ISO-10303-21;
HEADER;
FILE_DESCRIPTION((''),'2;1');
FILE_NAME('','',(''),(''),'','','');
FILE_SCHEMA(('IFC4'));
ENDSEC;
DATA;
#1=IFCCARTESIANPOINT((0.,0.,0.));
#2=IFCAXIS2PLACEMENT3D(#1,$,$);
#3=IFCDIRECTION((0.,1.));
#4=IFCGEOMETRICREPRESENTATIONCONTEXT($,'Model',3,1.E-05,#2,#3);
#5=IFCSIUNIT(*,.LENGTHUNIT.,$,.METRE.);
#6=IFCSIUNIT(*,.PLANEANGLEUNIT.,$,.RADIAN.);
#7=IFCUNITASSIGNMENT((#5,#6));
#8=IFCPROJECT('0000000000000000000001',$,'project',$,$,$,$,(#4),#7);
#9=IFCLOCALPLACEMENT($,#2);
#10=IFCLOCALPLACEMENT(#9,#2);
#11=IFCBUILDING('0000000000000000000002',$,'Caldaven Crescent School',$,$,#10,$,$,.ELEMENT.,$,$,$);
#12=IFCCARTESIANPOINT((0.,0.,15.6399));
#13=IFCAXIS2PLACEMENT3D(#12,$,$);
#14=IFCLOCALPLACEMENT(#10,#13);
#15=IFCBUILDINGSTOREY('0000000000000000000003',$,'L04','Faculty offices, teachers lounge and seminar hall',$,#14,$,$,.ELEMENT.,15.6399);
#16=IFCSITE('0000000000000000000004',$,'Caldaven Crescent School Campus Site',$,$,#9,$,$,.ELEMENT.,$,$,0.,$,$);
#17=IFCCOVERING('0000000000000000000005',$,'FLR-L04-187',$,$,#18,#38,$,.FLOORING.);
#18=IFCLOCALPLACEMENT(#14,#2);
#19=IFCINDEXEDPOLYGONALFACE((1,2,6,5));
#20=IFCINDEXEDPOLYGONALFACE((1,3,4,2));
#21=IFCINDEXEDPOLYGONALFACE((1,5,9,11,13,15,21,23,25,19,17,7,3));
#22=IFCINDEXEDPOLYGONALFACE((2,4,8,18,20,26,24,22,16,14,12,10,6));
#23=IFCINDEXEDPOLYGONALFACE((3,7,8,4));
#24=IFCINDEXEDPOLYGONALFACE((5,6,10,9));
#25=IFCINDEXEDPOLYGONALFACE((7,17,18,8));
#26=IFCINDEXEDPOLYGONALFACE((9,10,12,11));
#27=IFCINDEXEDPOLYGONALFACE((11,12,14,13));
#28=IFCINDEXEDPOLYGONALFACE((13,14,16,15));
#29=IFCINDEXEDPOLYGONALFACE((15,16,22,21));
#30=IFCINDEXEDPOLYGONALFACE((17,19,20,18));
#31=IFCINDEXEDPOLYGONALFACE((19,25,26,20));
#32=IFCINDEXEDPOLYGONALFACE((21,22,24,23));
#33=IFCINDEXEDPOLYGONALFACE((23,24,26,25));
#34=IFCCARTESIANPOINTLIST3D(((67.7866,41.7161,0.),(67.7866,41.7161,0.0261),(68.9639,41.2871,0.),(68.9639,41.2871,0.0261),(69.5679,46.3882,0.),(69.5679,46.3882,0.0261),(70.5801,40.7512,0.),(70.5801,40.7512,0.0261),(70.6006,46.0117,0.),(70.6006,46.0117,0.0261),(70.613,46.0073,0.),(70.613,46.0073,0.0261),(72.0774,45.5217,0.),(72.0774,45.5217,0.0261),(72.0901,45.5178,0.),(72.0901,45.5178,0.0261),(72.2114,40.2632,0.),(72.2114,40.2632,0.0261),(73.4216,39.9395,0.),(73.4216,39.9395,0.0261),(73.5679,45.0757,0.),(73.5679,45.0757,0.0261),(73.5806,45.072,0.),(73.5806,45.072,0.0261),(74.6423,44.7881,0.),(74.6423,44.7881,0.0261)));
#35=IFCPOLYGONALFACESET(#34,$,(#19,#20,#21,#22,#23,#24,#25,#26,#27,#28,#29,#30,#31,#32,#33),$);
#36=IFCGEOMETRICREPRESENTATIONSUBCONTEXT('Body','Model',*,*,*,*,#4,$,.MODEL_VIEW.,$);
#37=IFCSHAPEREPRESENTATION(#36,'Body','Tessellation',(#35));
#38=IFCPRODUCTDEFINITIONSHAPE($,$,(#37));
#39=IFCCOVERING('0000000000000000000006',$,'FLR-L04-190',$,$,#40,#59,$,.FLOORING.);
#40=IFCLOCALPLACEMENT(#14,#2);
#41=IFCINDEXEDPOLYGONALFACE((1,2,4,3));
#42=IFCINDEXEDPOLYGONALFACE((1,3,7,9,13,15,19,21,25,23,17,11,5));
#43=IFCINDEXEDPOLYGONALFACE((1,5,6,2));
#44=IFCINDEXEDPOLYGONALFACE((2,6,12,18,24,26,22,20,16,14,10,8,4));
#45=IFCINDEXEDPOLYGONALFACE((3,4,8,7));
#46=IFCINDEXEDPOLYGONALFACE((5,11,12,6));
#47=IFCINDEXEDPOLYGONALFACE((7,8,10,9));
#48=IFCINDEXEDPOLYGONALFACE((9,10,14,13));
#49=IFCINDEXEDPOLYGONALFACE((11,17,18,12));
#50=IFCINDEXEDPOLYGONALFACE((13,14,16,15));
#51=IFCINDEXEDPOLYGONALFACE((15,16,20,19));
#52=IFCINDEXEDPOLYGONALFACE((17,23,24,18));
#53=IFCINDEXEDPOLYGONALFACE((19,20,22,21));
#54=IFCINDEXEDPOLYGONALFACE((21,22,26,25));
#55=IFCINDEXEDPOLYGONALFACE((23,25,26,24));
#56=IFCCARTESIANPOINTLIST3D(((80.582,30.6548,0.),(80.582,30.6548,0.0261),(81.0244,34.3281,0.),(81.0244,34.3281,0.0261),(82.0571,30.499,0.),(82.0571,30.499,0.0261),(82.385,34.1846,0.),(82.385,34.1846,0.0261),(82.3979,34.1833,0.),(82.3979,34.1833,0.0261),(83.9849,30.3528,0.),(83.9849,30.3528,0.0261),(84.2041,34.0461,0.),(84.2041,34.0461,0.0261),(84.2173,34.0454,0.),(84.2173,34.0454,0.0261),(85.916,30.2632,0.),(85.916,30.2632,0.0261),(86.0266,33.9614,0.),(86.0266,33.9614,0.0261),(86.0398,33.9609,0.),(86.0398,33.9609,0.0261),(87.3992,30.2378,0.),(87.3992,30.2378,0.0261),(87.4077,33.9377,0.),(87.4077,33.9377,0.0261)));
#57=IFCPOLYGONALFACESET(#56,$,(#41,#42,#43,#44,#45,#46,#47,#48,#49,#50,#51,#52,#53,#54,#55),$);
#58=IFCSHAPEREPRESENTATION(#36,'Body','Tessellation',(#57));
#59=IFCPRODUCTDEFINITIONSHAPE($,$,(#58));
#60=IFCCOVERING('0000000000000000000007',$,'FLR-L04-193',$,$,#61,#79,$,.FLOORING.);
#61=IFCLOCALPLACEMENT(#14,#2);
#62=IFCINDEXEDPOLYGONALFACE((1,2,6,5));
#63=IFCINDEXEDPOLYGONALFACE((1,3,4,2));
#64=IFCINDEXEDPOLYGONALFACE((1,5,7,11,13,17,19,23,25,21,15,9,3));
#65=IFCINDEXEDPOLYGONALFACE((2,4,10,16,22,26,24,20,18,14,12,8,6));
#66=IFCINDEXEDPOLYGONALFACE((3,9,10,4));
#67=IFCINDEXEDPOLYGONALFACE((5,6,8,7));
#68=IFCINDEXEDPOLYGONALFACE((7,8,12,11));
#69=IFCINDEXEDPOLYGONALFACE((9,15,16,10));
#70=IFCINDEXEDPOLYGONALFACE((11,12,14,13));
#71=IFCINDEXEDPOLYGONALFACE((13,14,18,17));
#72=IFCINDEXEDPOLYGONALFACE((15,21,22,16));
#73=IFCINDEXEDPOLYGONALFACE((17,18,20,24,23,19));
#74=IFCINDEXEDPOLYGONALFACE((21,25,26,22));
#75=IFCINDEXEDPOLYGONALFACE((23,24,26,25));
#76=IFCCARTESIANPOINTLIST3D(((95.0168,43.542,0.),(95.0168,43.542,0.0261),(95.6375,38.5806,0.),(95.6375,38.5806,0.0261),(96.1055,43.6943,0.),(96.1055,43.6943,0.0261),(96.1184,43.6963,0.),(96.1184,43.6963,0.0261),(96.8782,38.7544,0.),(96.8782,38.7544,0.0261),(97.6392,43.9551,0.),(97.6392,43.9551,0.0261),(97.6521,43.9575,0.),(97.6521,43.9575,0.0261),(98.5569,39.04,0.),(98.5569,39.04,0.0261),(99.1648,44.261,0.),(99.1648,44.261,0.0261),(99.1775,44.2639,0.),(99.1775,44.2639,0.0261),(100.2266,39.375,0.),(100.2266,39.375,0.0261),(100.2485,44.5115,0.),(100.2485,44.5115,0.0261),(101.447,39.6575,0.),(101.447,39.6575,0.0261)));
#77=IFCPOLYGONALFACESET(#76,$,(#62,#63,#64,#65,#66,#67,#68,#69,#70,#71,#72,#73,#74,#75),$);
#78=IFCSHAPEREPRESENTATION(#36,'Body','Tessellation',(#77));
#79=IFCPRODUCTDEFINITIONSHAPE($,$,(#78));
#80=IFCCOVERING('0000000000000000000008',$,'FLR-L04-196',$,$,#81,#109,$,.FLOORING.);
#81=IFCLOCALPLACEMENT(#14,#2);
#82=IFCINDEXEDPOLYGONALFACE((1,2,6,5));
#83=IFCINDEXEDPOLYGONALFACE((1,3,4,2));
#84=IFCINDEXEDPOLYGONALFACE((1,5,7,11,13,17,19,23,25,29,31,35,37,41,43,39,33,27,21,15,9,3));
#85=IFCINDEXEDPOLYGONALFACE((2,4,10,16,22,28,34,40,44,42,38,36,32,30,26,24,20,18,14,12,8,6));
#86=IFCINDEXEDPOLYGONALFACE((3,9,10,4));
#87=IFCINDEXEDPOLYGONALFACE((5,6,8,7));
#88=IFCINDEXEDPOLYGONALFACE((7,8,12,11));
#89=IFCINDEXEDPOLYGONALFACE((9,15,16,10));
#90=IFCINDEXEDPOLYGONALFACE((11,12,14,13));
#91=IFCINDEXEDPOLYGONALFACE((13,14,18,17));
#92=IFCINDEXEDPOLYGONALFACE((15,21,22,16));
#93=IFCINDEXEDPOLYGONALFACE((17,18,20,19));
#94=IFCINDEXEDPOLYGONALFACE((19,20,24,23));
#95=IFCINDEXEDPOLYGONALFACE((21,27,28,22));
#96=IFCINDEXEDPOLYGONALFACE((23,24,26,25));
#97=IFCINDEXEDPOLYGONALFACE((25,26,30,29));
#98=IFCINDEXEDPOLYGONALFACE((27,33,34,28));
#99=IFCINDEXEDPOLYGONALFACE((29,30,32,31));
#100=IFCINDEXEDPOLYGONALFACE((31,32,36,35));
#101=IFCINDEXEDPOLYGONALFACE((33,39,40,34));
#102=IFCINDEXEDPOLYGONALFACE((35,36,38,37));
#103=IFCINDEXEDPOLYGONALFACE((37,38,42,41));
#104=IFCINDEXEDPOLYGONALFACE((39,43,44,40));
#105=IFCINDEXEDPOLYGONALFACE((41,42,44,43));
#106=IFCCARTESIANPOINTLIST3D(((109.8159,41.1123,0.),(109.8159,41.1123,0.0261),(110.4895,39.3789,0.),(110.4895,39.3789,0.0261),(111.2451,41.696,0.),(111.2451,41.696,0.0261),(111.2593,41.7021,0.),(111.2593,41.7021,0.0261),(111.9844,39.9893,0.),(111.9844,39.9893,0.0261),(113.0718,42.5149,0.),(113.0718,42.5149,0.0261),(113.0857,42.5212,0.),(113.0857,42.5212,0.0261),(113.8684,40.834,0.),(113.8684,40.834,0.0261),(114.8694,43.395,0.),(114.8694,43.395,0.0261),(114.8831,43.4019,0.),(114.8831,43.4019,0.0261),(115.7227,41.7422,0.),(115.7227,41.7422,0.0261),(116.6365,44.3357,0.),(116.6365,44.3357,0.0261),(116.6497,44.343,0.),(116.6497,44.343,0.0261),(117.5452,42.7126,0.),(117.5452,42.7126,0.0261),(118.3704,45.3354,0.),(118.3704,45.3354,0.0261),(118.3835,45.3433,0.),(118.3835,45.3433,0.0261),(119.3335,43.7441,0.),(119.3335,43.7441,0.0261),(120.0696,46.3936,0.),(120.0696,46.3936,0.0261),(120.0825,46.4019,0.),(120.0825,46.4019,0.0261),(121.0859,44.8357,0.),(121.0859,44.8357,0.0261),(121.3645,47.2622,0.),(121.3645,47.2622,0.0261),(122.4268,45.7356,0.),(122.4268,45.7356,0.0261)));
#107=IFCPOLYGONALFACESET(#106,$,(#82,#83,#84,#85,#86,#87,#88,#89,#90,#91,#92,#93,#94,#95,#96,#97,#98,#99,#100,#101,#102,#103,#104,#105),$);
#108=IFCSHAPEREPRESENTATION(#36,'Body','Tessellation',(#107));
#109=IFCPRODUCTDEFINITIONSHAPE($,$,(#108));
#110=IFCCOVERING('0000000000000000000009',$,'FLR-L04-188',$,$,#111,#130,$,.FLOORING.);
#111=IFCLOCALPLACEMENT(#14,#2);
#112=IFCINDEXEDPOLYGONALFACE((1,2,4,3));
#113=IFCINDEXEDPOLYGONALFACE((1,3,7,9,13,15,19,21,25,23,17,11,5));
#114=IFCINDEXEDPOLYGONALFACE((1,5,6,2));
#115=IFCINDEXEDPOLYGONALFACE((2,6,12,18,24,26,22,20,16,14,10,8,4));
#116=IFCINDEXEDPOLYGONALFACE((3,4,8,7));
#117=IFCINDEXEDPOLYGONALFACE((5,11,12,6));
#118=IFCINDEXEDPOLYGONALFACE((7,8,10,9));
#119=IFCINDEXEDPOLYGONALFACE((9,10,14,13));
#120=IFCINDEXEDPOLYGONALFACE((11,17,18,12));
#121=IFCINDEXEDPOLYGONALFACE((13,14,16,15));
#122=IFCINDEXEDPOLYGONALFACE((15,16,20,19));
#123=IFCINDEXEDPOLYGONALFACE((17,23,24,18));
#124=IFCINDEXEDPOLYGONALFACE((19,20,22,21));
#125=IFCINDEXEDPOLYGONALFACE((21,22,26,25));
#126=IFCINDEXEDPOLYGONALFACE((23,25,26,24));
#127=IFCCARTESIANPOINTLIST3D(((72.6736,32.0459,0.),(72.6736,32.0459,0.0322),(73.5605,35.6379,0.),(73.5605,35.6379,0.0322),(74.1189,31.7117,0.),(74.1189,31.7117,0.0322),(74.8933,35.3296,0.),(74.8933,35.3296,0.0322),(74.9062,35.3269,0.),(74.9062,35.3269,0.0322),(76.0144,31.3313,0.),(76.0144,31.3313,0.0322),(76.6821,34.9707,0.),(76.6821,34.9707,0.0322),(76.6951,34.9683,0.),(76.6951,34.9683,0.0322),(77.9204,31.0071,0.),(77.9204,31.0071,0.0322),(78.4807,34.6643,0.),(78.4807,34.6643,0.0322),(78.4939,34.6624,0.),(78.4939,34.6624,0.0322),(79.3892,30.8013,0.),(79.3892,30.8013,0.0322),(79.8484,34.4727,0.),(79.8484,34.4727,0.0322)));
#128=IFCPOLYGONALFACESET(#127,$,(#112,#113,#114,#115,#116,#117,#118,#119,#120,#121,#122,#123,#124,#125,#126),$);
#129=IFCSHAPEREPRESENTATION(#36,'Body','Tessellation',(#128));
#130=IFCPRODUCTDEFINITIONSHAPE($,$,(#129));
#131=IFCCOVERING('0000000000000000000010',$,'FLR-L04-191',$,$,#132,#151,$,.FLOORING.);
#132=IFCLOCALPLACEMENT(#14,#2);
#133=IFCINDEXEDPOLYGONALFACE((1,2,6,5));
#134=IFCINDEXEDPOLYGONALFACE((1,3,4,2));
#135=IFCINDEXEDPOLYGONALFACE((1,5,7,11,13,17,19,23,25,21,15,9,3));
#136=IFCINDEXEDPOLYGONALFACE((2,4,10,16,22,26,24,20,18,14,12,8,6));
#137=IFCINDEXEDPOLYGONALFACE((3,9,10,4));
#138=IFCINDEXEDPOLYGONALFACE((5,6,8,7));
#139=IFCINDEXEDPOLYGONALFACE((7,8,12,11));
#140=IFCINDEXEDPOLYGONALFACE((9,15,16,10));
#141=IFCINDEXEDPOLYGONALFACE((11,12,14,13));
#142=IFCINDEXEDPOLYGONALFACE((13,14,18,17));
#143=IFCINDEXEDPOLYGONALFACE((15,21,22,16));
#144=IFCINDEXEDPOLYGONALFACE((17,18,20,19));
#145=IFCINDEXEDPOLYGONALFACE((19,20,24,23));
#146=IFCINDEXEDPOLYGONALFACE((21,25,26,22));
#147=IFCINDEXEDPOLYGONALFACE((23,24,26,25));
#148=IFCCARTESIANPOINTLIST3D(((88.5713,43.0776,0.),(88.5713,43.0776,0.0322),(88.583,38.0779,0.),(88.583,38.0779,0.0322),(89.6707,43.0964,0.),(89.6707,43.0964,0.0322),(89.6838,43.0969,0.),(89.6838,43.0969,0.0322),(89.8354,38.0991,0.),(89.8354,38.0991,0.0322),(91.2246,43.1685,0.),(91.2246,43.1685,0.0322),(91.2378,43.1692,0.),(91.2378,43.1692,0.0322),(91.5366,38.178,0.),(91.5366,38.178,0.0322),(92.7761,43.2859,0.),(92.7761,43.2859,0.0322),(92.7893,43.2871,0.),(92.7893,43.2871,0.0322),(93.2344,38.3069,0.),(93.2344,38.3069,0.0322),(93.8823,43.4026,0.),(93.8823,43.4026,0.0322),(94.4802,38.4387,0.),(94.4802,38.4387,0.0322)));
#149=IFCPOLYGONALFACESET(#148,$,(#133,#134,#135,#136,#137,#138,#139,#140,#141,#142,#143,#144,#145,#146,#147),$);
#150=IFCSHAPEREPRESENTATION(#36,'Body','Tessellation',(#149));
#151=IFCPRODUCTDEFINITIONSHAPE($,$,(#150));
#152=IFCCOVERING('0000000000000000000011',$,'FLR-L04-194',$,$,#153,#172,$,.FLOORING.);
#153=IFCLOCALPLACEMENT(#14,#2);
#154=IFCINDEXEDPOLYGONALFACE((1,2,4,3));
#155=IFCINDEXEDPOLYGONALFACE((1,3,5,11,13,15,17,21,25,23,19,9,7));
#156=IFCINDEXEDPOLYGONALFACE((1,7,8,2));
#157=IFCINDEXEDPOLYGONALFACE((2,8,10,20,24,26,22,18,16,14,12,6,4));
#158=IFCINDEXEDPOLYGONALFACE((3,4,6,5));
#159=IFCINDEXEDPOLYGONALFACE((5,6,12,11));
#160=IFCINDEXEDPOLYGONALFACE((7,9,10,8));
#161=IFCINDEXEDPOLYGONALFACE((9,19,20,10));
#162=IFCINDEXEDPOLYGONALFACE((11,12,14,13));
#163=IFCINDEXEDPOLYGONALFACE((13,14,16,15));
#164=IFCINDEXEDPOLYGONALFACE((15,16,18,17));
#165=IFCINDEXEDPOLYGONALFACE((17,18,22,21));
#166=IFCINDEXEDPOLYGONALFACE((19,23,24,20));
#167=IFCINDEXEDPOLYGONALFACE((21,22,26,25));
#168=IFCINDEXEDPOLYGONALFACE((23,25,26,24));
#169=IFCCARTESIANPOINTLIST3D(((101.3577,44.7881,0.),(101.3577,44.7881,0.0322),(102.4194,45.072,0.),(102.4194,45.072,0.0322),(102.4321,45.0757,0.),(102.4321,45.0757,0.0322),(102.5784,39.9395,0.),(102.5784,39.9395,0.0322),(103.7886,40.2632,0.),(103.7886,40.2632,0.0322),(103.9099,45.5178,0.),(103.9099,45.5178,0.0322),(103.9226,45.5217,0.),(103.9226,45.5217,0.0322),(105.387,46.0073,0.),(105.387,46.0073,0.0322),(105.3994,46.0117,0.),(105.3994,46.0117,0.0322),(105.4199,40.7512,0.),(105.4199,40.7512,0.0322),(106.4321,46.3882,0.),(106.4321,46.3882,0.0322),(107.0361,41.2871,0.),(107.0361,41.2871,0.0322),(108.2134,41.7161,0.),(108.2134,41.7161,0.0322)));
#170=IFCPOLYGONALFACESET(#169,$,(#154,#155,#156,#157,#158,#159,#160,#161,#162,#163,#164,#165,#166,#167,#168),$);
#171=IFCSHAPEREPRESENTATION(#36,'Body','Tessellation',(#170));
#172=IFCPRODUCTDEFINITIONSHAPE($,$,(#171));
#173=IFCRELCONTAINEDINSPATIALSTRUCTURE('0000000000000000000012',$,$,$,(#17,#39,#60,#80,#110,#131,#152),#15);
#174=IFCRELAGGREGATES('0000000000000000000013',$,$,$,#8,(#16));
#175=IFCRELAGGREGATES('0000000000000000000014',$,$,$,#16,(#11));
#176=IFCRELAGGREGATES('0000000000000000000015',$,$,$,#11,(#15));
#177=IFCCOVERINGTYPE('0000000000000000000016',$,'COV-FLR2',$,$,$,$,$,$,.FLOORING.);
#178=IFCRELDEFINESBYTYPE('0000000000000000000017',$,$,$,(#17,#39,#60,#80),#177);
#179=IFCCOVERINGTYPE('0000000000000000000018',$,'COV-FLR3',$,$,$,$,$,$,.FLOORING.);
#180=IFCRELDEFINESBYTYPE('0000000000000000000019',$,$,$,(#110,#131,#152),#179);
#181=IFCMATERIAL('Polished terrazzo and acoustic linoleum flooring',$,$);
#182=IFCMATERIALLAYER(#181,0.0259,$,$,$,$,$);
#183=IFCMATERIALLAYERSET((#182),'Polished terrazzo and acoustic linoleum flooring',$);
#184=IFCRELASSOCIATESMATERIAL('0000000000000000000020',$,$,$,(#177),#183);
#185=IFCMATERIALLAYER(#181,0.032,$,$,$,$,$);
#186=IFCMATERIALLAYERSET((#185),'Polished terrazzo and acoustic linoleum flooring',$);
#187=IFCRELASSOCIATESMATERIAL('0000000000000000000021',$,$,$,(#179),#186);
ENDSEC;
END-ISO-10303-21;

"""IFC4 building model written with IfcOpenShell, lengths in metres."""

from ifc_helpers import new_model, si_unit, direction, frame, origin, place, context, subcontext, project, spatial, polyline, outline, extrude, material, layer, layer_set, type_object, element, save


model = new_model("IFC4")

# Units and contexts
model_context = context("Model", 3, precision=1e-05, world=origin(), true_north=direction((0.0, 1.0)))
body_context = subcontext(model_context, "Body", "Model", "MODEL_VIEW")
ifc_project = project(units=[si_unit("LENGTHUNIT", "METRE"), si_unit("PLANEANGLEUNIT", "RADIAN")], contexts=[model_context])

# Site, building, storey
site_placement = place(None, origin())
site = spatial("IfcSite", under=ifc_project, at=site_placement, Name="Caldaven Crescent School Campus Site", CompositionType="ELEMENT", RefElevation=0.0)
building_placement = place(site_placement, origin())
building = spatial("IfcBuilding", under=site, at=building_placement, Name="Caldaven Crescent School", CompositionType="ELEMENT")
storey_placement = place(building_placement, frame((0.0, 0.0, 15.6399)))
storey = spatial("IfcBuildingStorey", under=building, at=storey_placement, Name="L04", Description="Faculty offices, teachers lounge and seminar hall", CompositionType="ELEMENT", Elevation=15.6399)

# Coverings
ifc_material_1 = material(Name="Polished terrazzo and acoustic linoleum flooring")
ifc_layer_1 = layer(ifc_material_1, 0.0259)
ifc_layer_set_1 = layer_set([ifc_layer_1], Name="Polished terrazzo and acoustic linoleum flooring")
covering_type_1 = type_object("IfcCoveringType", Name="COV-FLR2", PredefinedType="FLOORING", material=ifc_layer_set_1)
covering_1_placement = place(storey_placement, origin())
element("IfcCovering", 1, at=covering_1_placement, inside=storey, type_object=covering_type_1, Name="FLR-L04-187", PredefinedType="FLOORING", context=body_context, shape_type="SweptSolid", body=[
    extrude(outline(polyline([(69.5679, 46.3882), (70.6006, 46.0117), (70.613, 46.0073), (72.0774, 45.5217), (72.0901, 45.5178), (73.5679, 45.0757), (73.5806, 45.072), (74.6423, 44.7881), (73.4216, 39.9395), (72.2114, 40.2632), (70.5801, 40.7512), (68.9639, 41.2871), (67.7866, 41.7161), (69.5679, 46.3882)])), origin(), (0.0, 0.0, 1.0), 0.0261),
])
covering_2_placement = place(storey_placement, origin())
element("IfcCovering", 2, at=covering_2_placement, inside=storey, type_object=covering_type_1, Name="FLR-L04-190", PredefinedType="FLOORING", context=body_context, shape_type="SweptSolid", body=[
    extrude(outline(polyline([(81.0244, 34.3281), (82.385, 34.1846), (82.3979, 34.1833), (84.2041, 34.0461), (84.2173, 34.0454), (86.0266, 33.9614), (86.0398, 33.9609), (87.4077, 33.9377), (87.3992, 30.2378), (85.916, 30.2632), (83.9849, 30.3528), (82.0571, 30.499), (80.582, 30.6548), (81.0244, 34.3281)])), origin(), (0.0, 0.0, 1.0), 0.0261),
])
covering_3_placement = place(storey_placement, origin())
element("IfcCovering", 3, at=covering_3_placement, inside=storey, type_object=covering_type_1, Name="FLR-L04-193", PredefinedType="FLOORING", context=body_context, shape_type="SweptSolid", body=[
    extrude(outline(polyline([(95.0168, 43.542), (96.1055, 43.6943), (96.1184, 43.6963), (97.6392, 43.9551), (97.6521, 43.9575), (99.1648, 44.261), (99.1775, 44.2639), (100.2485, 44.5115), (101.447, 39.6575), (100.2266, 39.375), (98.5569, 39.04), (96.8782, 38.7544), (95.6375, 38.5806), (95.0168, 43.542)])), origin(), (0.0, 0.0, 1.0), 0.0261),
])
covering_4_placement = place(storey_placement, origin())
element("IfcCovering", 4, at=covering_4_placement, inside=storey, type_object=covering_type_1, Name="FLR-L04-196", PredefinedType="FLOORING", context=body_context, shape_type="SweptSolid", body=[
    extrude(outline(polyline([(109.8159, 41.1123), (111.2451, 41.696), (111.2593, 41.7021), (113.0718, 42.5149), (113.0857, 42.5212), (114.8694, 43.395), (114.8831, 43.4019), (116.6365, 44.3357), (116.6497, 44.343), (118.3704, 45.3354), (118.3835, 45.3433), (120.0696, 46.3936), (120.0825, 46.4019), (121.3645, 47.2622), (122.4268, 45.7356), (121.0859, 44.8357), (119.3335, 43.7441), (117.5452, 42.7126), (115.7227, 41.7422), (113.8684, 40.834), (111.9844, 39.9893), (110.4895, 39.3789), (109.8159, 41.1123)])), origin(), (0.0, 0.0, 1.0), 0.0261),
])
ifc_layer_2 = layer(ifc_material_1, 0.032)
ifc_layer_set_2 = layer_set([ifc_layer_2], Name="Polished terrazzo and acoustic linoleum flooring")
covering_type_2 = type_object("IfcCoveringType", Name="COV-FLR3", PredefinedType="FLOORING", material=ifc_layer_set_2)
covering_5_placement = place(storey_placement, origin())
element("IfcCovering", 5, at=covering_5_placement, inside=storey, type_object=covering_type_2, Name="FLR-L04-188", PredefinedType="FLOORING", context=body_context, shape_type="SweptSolid", body=[
    extrude(outline(polyline([(73.5605, 35.6379), (74.8933, 35.3296), (74.9062, 35.3269), (76.6821, 34.9707), (76.6951, 34.9683), (78.4807, 34.6643), (78.4939, 34.6624), (79.8484, 34.4727), (79.3892, 30.8013), (77.9204, 31.0071), (76.0144, 31.3313), (74.1189, 31.7117), (72.6736, 32.0459), (73.5605, 35.6379)])), origin(), (0.0, 0.0, 1.0), 0.0322),
])
covering_6_placement = place(storey_placement, origin())
element("IfcCovering", 6, at=covering_6_placement, inside=storey, type_object=covering_type_2, Name="FLR-L04-191", PredefinedType="FLOORING", context=body_context, shape_type="SweptSolid", body=[
    extrude(outline(polyline([(88.5713, 43.0776), (89.6707, 43.0964), (89.6838, 43.0969), (91.2246, 43.1685), (91.2378, 43.1692), (92.7761, 43.2859), (92.7893, 43.2871), (93.8823, 43.4026), (94.4802, 38.4387), (93.2344, 38.3069), (91.5366, 38.178), (89.8354, 38.0991), (88.583, 38.0779), (88.5713, 43.0776)])), origin(), (0.0, 0.0, 1.0), 0.0322),
])
covering_7_placement = place(storey_placement, origin())
element("IfcCovering", 7, at=covering_7_placement, inside=storey, type_object=covering_type_2, Name="FLR-L04-194", PredefinedType="FLOORING", context=body_context, shape_type="SweptSolid", body=[
    extrude(outline(polyline([(101.3577, 44.7881), (102.4194, 45.072), (102.4321, 45.0757), (103.9099, 45.5178), (103.9226, 45.5217), (105.387, 46.0073), (105.3994, 46.0117), (106.4321, 46.3882), (108.2134, 41.7161), (107.0361, 41.2871), (105.4199, 40.7512), (103.7886, 40.2632), (102.5784, 39.9395), (101.3577, 44.7881)])), origin(), (0.0, 0.0, 1.0), 0.0322),
])

save(model, "model.ifc")
